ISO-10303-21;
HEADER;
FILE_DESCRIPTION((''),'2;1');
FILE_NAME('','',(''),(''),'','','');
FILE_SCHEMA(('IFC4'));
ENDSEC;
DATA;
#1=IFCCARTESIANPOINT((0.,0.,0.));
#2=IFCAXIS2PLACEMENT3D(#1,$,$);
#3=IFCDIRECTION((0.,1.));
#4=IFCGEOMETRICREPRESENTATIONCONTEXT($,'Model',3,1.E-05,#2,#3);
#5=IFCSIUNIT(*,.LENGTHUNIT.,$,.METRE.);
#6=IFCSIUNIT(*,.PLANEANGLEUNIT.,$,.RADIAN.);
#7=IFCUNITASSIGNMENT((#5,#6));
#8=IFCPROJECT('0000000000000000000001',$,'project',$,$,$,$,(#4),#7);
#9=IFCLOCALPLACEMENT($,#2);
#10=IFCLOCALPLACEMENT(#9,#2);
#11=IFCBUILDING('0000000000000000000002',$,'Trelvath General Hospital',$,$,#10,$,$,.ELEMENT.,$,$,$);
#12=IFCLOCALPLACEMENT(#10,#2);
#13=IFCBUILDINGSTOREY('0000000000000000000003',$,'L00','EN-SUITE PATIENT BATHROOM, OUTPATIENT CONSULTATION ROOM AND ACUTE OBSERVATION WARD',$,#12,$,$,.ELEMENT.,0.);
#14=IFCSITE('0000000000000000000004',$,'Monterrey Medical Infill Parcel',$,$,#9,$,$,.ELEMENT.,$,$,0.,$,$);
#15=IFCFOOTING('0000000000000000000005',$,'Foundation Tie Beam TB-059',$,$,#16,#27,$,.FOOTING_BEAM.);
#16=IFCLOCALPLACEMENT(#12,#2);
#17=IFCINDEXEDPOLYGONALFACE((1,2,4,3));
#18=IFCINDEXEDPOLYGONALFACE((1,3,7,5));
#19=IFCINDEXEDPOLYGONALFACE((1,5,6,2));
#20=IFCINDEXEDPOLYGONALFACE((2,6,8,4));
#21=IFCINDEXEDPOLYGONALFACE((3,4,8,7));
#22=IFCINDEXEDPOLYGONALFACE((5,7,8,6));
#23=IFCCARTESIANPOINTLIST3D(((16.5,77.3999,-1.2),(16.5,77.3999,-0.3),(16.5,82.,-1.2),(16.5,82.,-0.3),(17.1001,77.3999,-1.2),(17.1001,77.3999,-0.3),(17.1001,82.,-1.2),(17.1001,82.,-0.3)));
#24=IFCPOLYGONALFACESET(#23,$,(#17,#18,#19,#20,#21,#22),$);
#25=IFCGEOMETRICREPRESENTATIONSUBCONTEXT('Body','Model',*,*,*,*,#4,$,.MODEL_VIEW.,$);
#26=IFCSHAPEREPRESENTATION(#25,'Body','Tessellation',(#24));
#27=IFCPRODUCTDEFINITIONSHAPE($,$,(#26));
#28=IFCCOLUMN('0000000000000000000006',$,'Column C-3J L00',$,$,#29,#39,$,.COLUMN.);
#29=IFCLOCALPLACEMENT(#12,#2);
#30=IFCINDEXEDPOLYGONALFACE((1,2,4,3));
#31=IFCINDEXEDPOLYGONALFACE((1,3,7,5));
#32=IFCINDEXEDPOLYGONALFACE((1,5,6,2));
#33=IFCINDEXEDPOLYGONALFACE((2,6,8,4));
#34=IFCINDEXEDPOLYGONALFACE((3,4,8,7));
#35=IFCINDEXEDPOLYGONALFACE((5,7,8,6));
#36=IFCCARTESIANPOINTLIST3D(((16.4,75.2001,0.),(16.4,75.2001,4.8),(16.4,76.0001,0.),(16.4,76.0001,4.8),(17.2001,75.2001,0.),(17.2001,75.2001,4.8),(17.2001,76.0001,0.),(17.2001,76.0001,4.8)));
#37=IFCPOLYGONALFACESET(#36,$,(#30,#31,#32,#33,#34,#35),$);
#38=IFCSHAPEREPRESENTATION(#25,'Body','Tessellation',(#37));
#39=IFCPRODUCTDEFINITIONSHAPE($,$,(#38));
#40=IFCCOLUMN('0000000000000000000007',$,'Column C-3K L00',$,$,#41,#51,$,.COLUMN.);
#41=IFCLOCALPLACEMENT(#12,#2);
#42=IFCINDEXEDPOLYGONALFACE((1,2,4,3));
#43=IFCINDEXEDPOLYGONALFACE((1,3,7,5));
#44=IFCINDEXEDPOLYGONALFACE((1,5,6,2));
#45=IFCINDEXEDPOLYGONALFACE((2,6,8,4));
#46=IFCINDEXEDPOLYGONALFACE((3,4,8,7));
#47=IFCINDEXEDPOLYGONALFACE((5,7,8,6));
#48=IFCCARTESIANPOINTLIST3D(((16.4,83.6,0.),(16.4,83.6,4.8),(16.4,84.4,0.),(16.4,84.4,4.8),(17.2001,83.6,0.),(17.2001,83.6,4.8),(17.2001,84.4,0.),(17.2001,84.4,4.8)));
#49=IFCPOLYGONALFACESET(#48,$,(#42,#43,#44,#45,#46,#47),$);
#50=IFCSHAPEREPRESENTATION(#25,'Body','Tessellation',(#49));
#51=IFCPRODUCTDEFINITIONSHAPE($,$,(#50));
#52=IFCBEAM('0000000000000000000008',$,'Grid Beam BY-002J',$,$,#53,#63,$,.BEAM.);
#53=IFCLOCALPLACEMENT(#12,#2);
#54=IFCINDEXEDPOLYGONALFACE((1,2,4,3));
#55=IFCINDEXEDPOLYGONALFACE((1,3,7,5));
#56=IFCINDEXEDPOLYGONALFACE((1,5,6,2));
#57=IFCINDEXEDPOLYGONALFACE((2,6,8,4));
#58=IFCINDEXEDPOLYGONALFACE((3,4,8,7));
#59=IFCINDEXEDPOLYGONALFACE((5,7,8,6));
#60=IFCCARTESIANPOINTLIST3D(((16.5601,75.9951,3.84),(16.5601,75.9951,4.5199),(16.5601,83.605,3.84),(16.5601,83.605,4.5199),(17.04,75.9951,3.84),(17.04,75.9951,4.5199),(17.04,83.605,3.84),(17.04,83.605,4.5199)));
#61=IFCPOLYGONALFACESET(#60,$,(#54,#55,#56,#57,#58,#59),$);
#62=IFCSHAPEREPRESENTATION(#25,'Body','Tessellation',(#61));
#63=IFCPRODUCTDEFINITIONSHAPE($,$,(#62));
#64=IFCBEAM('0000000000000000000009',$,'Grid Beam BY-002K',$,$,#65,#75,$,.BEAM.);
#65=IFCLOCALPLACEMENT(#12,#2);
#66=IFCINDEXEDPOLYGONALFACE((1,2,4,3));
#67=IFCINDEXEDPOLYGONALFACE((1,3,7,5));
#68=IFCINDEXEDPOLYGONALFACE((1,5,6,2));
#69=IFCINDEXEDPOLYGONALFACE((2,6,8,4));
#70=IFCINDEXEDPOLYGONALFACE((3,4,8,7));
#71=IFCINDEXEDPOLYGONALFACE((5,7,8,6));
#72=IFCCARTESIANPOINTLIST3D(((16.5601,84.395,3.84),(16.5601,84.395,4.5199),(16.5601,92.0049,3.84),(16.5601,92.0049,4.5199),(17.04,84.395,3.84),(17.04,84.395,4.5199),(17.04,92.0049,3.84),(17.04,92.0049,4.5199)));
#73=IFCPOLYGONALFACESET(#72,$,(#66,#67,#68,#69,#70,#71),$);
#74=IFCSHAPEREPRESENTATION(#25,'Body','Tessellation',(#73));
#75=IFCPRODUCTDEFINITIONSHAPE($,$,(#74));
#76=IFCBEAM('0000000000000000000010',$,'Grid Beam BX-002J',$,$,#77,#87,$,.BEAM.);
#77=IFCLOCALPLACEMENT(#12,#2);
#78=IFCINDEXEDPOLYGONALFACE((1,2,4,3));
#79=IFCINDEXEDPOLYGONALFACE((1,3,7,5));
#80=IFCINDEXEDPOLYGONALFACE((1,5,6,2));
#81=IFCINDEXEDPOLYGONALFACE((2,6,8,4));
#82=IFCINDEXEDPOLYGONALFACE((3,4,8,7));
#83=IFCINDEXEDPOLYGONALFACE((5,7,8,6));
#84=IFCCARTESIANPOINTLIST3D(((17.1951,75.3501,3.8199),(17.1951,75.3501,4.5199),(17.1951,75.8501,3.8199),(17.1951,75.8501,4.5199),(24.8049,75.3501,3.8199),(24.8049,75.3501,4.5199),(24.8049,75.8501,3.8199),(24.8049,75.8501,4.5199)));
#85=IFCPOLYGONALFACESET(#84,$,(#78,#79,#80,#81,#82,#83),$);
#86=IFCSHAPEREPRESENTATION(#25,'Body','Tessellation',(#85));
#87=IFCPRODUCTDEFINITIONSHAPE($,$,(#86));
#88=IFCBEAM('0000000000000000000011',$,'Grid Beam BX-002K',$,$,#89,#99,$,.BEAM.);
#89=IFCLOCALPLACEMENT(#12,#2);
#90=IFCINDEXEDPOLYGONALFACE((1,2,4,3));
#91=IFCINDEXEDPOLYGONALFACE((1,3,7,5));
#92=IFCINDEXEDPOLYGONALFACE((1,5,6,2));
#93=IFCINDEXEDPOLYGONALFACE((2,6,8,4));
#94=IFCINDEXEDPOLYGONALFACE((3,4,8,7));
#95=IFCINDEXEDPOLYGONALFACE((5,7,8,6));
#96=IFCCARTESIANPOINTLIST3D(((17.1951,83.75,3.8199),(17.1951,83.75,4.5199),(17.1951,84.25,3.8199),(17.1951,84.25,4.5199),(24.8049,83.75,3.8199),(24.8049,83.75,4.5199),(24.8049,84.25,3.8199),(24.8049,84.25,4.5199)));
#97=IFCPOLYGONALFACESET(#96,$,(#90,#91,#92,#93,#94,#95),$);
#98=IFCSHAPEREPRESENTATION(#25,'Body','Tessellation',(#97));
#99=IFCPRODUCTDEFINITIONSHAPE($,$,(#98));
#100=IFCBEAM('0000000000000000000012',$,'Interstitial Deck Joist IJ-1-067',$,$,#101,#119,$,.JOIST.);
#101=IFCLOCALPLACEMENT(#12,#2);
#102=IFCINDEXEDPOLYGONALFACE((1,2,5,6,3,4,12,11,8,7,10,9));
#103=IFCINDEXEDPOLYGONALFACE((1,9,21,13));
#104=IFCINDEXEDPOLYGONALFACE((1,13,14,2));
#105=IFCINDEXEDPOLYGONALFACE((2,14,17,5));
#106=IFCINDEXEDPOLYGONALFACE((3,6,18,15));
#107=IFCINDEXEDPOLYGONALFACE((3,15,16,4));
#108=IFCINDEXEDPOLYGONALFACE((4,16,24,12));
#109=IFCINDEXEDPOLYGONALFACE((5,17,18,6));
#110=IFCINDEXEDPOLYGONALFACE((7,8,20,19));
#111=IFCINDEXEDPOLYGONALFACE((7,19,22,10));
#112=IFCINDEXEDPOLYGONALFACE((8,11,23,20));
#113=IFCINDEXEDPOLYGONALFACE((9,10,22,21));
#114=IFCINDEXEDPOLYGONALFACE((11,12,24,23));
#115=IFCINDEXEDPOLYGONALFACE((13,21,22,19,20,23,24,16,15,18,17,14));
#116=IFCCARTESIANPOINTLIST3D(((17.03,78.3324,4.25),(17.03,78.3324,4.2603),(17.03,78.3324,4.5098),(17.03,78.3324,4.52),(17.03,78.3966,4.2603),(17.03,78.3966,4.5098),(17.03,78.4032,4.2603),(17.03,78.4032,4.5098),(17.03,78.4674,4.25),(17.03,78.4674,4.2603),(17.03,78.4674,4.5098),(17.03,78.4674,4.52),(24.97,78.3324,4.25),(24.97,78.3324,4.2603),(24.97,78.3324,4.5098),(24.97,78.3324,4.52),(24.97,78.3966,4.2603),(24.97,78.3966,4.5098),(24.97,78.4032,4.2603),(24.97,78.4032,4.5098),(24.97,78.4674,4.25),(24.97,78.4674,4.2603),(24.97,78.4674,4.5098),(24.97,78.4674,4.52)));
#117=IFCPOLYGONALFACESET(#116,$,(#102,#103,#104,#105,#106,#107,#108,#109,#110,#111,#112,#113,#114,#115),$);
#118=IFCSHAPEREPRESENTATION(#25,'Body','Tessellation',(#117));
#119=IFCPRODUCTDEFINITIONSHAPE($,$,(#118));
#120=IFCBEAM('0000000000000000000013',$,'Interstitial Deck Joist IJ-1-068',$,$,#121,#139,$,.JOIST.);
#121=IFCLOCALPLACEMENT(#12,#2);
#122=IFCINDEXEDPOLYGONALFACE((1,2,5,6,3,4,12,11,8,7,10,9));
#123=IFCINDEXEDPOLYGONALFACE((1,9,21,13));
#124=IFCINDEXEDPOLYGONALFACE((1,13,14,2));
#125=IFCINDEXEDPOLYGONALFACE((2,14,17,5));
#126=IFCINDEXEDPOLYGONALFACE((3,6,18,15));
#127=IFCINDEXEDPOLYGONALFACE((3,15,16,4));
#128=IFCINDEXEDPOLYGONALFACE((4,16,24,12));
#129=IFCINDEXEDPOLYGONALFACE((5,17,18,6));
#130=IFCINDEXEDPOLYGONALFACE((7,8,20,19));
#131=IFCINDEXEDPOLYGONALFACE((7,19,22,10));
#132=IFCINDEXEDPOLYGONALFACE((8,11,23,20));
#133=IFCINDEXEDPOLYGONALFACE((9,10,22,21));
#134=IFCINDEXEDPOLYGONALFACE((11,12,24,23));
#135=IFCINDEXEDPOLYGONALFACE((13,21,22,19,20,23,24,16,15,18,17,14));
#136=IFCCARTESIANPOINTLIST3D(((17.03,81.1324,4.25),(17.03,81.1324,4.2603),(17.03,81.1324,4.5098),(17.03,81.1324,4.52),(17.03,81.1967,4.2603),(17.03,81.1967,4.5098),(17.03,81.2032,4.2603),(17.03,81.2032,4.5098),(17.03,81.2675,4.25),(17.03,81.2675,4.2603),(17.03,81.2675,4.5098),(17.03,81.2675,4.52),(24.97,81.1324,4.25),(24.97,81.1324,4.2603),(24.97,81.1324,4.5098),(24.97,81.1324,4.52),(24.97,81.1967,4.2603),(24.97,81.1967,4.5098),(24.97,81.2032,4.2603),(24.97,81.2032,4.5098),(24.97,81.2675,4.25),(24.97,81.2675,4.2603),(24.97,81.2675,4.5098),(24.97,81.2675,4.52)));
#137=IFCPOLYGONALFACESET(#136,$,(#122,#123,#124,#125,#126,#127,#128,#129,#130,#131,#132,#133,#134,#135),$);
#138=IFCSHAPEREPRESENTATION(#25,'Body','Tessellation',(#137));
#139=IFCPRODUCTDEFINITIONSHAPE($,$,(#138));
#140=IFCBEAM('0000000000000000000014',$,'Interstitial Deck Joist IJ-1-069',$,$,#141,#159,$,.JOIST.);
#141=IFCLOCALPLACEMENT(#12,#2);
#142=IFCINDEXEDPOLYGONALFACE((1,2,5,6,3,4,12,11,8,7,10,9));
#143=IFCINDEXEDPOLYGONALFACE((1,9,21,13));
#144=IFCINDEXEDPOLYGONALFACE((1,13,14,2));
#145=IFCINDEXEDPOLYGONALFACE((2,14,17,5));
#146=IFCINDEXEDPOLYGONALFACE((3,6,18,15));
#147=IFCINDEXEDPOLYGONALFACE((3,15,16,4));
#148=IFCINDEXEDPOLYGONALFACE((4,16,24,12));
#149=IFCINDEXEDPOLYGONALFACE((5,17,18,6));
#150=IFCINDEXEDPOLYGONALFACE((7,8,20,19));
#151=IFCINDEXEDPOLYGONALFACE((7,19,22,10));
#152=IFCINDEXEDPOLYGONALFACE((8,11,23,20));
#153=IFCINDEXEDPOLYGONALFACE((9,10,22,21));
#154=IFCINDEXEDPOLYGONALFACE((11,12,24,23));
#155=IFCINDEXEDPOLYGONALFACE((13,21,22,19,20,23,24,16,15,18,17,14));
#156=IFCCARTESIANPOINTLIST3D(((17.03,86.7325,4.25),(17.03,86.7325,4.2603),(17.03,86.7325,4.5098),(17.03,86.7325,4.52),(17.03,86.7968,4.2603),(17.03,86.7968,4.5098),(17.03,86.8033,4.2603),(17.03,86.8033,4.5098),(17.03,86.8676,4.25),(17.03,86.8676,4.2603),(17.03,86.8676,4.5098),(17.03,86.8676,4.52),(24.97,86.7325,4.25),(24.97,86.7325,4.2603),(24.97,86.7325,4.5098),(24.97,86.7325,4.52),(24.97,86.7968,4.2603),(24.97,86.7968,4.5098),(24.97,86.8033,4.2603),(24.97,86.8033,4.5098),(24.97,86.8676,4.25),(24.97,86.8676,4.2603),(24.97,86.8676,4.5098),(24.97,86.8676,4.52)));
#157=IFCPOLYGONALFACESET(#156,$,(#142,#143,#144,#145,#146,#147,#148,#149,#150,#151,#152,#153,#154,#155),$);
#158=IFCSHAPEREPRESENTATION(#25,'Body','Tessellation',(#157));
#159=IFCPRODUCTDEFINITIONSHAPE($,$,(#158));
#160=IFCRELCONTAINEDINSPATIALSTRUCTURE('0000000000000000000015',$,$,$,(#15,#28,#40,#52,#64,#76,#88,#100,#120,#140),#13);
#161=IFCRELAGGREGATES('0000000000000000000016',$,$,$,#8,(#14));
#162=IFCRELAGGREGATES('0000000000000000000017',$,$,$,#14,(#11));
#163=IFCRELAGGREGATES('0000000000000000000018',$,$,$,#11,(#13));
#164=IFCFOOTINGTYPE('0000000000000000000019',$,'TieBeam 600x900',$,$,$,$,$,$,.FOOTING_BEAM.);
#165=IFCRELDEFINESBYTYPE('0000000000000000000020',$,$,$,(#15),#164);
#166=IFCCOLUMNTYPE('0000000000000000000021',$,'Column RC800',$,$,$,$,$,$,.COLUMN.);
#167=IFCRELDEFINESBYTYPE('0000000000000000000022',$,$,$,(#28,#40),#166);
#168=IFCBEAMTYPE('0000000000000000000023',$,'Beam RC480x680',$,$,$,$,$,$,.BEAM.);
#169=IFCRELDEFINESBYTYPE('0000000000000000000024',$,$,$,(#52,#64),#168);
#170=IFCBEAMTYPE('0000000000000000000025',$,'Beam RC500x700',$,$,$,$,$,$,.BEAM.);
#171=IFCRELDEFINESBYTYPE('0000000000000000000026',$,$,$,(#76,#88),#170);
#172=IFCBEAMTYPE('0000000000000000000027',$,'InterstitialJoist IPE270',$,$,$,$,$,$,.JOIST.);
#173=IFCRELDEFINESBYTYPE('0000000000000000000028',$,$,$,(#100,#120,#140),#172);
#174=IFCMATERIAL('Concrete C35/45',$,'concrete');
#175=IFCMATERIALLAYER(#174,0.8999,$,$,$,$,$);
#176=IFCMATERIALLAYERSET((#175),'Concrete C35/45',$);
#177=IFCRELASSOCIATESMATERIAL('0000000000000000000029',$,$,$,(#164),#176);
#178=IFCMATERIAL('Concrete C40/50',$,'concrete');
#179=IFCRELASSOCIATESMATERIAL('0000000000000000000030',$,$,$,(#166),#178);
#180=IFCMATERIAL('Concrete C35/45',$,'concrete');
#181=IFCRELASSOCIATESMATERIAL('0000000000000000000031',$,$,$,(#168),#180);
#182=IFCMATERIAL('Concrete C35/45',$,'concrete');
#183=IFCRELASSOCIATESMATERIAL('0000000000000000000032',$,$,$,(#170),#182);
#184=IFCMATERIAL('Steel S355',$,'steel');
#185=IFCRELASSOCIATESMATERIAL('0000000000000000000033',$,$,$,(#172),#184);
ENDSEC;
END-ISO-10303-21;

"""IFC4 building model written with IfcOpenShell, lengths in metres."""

from ifc_helpers import new_model, si_unit, direction, frame, origin, origin_2d, place, context, subcontext, project, spatial, rectangle, i_section, extrude, material, layer, layer_set, material_profile, profile_set, type_object, element, save


model = new_model("IFC4")

# Units and contexts
model_context = context("Model", 3, precision=1e-05, world=origin(), true_north=direction((0.0, 1.0)))
body_context = subcontext(model_context, "Body", "Model", "MODEL_VIEW")
ifc_project = project(units=[si_unit("LENGTHUNIT", "METRE"), si_unit("PLANEANGLEUNIT", "RADIAN")], contexts=[model_context])

# Site, building, storey
site_placement = place(None, origin())
site = spatial("IfcSite", under=ifc_project, at=site_placement, Name="Monterrey Medical Infill Parcel", CompositionType="ELEMENT", RefElevation=0.0)
building_placement = place(site_placement, origin())
building = spatial("IfcBuilding", under=site, at=building_placement, Name="Trelvath General Hospital", CompositionType="ELEMENT")
storey_placement = place(building_placement, origin())
storey = spatial("IfcBuildingStorey", under=building, at=storey_placement, Name="L00", Description="EN-SUITE PATIENT BATHROOM, OUTPATIENT CONSULTATION ROOM AND ACUTE OBSERVATION WARD", CompositionType="ELEMENT", Elevation=0.0)

# Footing
ifc_material_1 = material(Name="Concrete C35/45", Category="concrete")
ifc_layer_1 = layer(ifc_material_1, 0.8999)
ifc_layer_set_1 = layer_set([ifc_layer_1], Name="Concrete C35/45")
footing_type_1 = type_object("IfcFootingType", Name="TieBeam 600x900", PredefinedType="FOOTING_BEAM", material=ifc_layer_set_1)
footing_1_placement = place(storey_placement, frame((16.8, 79.7, -1.2), z_axis=(0.0, 0.0, 1.0), x_axis=(1.0, 0.0, 0.0)))
element("IfcFooting", 1, at=footing_1_placement, inside=storey, type_object=footing_type_1, Name="Foundation Tie Beam TB-059", PredefinedType="FOOTING_BEAM", context=body_context, shape_type="SweptSolid", body=[
    extrude(rectangle(XDim=0.6001, YDim=4.6001, at=origin_2d()), origin(), (0.0, 0.0, 1.0), 0.8999),
])

# Columns
ifc_material_2 = material(Name="Concrete C40/50", Category="concrete")
ifc_material_profile_1 = material_profile(ifc_material_2, rectangle(XDim=0.8, YDim=0.8, at=origin_2d()), Name="RC800x800")
ifc_profile_set_1 = profile_set([ifc_material_profile_1], Name="Concrete C40/50")
column_type = type_object("IfcColumnType", Name="Column RC800", PredefinedType="COLUMN", material=ifc_profile_set_1)
for number, where, z_axis, x_axis, name in (
    (2, (16.8, 75.6001, 0.0), (0.0, 0.0, 1.0), (1.0, 0.0, 0.0), "Column C-3J L00"),
    (3, (16.8, 84.0, 0.0), (0.0, 0.0, 1.0), (1.0, 0.0, 0.0), "Column C-3K L00"),
):
    element("IfcColumn", number, at=place(storey_placement, frame(where, z_axis=z_axis, x_axis=x_axis)), inside=storey, type_object=column_type, Name=name, PredefinedType="COLUMN", context=body_context, shape_type="SweptSolid", body=[
        extrude(rectangle(XDim=0.8, YDim=0.8, at=origin_2d()), origin(), (0.0, 0.0, 1.0), 4.8),
    ])

# Beams
ifc_material_3 = material(Name="Concrete C35/45", Category="concrete")
ifc_material_profile_2 = material_profile(ifc_material_3, rectangle(XDim=0.48, YDim=0.6799, at=origin_2d()), Name="RCB480x680")
ifc_profile_set_2 = profile_set([ifc_material_profile_2], Name="Concrete C35/45")
beam_type_1 = type_object("IfcBeamType", Name="Beam RC480x680", PredefinedType="BEAM", material=ifc_profile_set_2)
for number, where, z_axis, x_axis, name in (
    (4, (16.8, 75.9951, 4.1799), (0.0, 1.0, 0.0), (-1.0, 0.0, 0.0), "Grid Beam BY-002J"),
    (5, (16.8, 84.395, 4.1799), (0.0, 1.0, 0.0), (-1.0, 0.0, 0.0), "Grid Beam BY-002K"),
):
    element("IfcBeam", number, at=place(storey_placement, frame(where, z_axis=z_axis, x_axis=x_axis)), inside=storey, type_object=beam_type_1, Name=name, PredefinedType="BEAM", context=body_context, shape_type="SweptSolid", body=[
        extrude(rectangle(XDim=0.48, YDim=0.6799, at=origin_2d()), origin(), (0.0, 0.0, 1.0), 7.6099),
    ])
ifc_material_4 = material(Name="Concrete C35/45", Category="concrete")
ifc_material_profile_3 = material_profile(ifc_material_4, rectangle(XDim=0.5, YDim=0.7, at=origin_2d()), Name="RCB500x700")
ifc_profile_set_3 = profile_set([ifc_material_profile_3], Name="Concrete C35/45")
beam_type_2 = type_object("IfcBeamType", Name="Beam RC500x700", PredefinedType="BEAM", material=ifc_profile_set_3)
for number, where, z_axis, x_axis, name in (
    (6, (17.1951, 75.6001, 4.1699), (1.0, 0.0, 0.0), (0.0, 1.0, 0.0), "Grid Beam BX-002J"),
    (7, (17.1951, 84.0, 4.1699), (1.0, 0.0, 0.0), (0.0, 1.0, 0.0), "Grid Beam BX-002K"),
):
    element("IfcBeam", number, at=place(storey_placement, frame(where, z_axis=z_axis, x_axis=x_axis)), inside=storey, type_object=beam_type_2, Name=name, PredefinedType="BEAM", context=body_context, shape_type="SweptSolid", body=[
        extrude(rectangle(XDim=0.5, YDim=0.7, at=origin_2d()), origin(), (0.0, 0.0, 1.0), 7.6099),
    ])
ifc_material_5 = material(Name="Steel S355", Category="steel")
ifc_material_profile_4 = material_profile(ifc_material_5, i_section(OverallWidth=0.135, OverallDepth=0.27, WebThickness=0.0066, FlangeThickness=0.0103, at=origin_2d()), Name="IPE270")
ifc_profile_set_4 = profile_set([ifc_material_profile_4], Name="Steel S355")
beam_type_3 = type_object("IfcBeamType", Name="InterstitialJoist IPE270", PredefinedType="JOIST", material=ifc_profile_set_4)
for number, where, z_axis, x_axis, name in (
    (8, (17.03, 78.3999, 4.385), (1.0, 0.0, 0.0), (0.0, 1.0, 0.0), "Interstitial Deck Joist IJ-1-067"),
    (9, (17.03, 81.2, 4.385), (1.0, 0.0, 0.0), (0.0, 1.0, 0.0), "Interstitial Deck Joist IJ-1-068"),
    (10, (17.03, 86.8, 4.385), (1.0, 0.0, 0.0), (0.0, 1.0, 0.0), "Interstitial Deck Joist IJ-1-069"),
):
    element("IfcBeam", number, at=place(storey_placement, frame(where, z_axis=z_axis, x_axis=x_axis)), inside=storey, type_object=beam_type_3, Name=name, PredefinedType="JOIST", context=body_context, shape_type="SweptSolid", body=[
        extrude(i_section(OverallWidth=0.135, OverallDepth=0.27, WebThickness=0.0066, FlangeThickness=0.0103, at=origin_2d()), origin(), (0.0, 0.0, 1.0), 7.9399),
    ])

save(model, "model.ifc")
